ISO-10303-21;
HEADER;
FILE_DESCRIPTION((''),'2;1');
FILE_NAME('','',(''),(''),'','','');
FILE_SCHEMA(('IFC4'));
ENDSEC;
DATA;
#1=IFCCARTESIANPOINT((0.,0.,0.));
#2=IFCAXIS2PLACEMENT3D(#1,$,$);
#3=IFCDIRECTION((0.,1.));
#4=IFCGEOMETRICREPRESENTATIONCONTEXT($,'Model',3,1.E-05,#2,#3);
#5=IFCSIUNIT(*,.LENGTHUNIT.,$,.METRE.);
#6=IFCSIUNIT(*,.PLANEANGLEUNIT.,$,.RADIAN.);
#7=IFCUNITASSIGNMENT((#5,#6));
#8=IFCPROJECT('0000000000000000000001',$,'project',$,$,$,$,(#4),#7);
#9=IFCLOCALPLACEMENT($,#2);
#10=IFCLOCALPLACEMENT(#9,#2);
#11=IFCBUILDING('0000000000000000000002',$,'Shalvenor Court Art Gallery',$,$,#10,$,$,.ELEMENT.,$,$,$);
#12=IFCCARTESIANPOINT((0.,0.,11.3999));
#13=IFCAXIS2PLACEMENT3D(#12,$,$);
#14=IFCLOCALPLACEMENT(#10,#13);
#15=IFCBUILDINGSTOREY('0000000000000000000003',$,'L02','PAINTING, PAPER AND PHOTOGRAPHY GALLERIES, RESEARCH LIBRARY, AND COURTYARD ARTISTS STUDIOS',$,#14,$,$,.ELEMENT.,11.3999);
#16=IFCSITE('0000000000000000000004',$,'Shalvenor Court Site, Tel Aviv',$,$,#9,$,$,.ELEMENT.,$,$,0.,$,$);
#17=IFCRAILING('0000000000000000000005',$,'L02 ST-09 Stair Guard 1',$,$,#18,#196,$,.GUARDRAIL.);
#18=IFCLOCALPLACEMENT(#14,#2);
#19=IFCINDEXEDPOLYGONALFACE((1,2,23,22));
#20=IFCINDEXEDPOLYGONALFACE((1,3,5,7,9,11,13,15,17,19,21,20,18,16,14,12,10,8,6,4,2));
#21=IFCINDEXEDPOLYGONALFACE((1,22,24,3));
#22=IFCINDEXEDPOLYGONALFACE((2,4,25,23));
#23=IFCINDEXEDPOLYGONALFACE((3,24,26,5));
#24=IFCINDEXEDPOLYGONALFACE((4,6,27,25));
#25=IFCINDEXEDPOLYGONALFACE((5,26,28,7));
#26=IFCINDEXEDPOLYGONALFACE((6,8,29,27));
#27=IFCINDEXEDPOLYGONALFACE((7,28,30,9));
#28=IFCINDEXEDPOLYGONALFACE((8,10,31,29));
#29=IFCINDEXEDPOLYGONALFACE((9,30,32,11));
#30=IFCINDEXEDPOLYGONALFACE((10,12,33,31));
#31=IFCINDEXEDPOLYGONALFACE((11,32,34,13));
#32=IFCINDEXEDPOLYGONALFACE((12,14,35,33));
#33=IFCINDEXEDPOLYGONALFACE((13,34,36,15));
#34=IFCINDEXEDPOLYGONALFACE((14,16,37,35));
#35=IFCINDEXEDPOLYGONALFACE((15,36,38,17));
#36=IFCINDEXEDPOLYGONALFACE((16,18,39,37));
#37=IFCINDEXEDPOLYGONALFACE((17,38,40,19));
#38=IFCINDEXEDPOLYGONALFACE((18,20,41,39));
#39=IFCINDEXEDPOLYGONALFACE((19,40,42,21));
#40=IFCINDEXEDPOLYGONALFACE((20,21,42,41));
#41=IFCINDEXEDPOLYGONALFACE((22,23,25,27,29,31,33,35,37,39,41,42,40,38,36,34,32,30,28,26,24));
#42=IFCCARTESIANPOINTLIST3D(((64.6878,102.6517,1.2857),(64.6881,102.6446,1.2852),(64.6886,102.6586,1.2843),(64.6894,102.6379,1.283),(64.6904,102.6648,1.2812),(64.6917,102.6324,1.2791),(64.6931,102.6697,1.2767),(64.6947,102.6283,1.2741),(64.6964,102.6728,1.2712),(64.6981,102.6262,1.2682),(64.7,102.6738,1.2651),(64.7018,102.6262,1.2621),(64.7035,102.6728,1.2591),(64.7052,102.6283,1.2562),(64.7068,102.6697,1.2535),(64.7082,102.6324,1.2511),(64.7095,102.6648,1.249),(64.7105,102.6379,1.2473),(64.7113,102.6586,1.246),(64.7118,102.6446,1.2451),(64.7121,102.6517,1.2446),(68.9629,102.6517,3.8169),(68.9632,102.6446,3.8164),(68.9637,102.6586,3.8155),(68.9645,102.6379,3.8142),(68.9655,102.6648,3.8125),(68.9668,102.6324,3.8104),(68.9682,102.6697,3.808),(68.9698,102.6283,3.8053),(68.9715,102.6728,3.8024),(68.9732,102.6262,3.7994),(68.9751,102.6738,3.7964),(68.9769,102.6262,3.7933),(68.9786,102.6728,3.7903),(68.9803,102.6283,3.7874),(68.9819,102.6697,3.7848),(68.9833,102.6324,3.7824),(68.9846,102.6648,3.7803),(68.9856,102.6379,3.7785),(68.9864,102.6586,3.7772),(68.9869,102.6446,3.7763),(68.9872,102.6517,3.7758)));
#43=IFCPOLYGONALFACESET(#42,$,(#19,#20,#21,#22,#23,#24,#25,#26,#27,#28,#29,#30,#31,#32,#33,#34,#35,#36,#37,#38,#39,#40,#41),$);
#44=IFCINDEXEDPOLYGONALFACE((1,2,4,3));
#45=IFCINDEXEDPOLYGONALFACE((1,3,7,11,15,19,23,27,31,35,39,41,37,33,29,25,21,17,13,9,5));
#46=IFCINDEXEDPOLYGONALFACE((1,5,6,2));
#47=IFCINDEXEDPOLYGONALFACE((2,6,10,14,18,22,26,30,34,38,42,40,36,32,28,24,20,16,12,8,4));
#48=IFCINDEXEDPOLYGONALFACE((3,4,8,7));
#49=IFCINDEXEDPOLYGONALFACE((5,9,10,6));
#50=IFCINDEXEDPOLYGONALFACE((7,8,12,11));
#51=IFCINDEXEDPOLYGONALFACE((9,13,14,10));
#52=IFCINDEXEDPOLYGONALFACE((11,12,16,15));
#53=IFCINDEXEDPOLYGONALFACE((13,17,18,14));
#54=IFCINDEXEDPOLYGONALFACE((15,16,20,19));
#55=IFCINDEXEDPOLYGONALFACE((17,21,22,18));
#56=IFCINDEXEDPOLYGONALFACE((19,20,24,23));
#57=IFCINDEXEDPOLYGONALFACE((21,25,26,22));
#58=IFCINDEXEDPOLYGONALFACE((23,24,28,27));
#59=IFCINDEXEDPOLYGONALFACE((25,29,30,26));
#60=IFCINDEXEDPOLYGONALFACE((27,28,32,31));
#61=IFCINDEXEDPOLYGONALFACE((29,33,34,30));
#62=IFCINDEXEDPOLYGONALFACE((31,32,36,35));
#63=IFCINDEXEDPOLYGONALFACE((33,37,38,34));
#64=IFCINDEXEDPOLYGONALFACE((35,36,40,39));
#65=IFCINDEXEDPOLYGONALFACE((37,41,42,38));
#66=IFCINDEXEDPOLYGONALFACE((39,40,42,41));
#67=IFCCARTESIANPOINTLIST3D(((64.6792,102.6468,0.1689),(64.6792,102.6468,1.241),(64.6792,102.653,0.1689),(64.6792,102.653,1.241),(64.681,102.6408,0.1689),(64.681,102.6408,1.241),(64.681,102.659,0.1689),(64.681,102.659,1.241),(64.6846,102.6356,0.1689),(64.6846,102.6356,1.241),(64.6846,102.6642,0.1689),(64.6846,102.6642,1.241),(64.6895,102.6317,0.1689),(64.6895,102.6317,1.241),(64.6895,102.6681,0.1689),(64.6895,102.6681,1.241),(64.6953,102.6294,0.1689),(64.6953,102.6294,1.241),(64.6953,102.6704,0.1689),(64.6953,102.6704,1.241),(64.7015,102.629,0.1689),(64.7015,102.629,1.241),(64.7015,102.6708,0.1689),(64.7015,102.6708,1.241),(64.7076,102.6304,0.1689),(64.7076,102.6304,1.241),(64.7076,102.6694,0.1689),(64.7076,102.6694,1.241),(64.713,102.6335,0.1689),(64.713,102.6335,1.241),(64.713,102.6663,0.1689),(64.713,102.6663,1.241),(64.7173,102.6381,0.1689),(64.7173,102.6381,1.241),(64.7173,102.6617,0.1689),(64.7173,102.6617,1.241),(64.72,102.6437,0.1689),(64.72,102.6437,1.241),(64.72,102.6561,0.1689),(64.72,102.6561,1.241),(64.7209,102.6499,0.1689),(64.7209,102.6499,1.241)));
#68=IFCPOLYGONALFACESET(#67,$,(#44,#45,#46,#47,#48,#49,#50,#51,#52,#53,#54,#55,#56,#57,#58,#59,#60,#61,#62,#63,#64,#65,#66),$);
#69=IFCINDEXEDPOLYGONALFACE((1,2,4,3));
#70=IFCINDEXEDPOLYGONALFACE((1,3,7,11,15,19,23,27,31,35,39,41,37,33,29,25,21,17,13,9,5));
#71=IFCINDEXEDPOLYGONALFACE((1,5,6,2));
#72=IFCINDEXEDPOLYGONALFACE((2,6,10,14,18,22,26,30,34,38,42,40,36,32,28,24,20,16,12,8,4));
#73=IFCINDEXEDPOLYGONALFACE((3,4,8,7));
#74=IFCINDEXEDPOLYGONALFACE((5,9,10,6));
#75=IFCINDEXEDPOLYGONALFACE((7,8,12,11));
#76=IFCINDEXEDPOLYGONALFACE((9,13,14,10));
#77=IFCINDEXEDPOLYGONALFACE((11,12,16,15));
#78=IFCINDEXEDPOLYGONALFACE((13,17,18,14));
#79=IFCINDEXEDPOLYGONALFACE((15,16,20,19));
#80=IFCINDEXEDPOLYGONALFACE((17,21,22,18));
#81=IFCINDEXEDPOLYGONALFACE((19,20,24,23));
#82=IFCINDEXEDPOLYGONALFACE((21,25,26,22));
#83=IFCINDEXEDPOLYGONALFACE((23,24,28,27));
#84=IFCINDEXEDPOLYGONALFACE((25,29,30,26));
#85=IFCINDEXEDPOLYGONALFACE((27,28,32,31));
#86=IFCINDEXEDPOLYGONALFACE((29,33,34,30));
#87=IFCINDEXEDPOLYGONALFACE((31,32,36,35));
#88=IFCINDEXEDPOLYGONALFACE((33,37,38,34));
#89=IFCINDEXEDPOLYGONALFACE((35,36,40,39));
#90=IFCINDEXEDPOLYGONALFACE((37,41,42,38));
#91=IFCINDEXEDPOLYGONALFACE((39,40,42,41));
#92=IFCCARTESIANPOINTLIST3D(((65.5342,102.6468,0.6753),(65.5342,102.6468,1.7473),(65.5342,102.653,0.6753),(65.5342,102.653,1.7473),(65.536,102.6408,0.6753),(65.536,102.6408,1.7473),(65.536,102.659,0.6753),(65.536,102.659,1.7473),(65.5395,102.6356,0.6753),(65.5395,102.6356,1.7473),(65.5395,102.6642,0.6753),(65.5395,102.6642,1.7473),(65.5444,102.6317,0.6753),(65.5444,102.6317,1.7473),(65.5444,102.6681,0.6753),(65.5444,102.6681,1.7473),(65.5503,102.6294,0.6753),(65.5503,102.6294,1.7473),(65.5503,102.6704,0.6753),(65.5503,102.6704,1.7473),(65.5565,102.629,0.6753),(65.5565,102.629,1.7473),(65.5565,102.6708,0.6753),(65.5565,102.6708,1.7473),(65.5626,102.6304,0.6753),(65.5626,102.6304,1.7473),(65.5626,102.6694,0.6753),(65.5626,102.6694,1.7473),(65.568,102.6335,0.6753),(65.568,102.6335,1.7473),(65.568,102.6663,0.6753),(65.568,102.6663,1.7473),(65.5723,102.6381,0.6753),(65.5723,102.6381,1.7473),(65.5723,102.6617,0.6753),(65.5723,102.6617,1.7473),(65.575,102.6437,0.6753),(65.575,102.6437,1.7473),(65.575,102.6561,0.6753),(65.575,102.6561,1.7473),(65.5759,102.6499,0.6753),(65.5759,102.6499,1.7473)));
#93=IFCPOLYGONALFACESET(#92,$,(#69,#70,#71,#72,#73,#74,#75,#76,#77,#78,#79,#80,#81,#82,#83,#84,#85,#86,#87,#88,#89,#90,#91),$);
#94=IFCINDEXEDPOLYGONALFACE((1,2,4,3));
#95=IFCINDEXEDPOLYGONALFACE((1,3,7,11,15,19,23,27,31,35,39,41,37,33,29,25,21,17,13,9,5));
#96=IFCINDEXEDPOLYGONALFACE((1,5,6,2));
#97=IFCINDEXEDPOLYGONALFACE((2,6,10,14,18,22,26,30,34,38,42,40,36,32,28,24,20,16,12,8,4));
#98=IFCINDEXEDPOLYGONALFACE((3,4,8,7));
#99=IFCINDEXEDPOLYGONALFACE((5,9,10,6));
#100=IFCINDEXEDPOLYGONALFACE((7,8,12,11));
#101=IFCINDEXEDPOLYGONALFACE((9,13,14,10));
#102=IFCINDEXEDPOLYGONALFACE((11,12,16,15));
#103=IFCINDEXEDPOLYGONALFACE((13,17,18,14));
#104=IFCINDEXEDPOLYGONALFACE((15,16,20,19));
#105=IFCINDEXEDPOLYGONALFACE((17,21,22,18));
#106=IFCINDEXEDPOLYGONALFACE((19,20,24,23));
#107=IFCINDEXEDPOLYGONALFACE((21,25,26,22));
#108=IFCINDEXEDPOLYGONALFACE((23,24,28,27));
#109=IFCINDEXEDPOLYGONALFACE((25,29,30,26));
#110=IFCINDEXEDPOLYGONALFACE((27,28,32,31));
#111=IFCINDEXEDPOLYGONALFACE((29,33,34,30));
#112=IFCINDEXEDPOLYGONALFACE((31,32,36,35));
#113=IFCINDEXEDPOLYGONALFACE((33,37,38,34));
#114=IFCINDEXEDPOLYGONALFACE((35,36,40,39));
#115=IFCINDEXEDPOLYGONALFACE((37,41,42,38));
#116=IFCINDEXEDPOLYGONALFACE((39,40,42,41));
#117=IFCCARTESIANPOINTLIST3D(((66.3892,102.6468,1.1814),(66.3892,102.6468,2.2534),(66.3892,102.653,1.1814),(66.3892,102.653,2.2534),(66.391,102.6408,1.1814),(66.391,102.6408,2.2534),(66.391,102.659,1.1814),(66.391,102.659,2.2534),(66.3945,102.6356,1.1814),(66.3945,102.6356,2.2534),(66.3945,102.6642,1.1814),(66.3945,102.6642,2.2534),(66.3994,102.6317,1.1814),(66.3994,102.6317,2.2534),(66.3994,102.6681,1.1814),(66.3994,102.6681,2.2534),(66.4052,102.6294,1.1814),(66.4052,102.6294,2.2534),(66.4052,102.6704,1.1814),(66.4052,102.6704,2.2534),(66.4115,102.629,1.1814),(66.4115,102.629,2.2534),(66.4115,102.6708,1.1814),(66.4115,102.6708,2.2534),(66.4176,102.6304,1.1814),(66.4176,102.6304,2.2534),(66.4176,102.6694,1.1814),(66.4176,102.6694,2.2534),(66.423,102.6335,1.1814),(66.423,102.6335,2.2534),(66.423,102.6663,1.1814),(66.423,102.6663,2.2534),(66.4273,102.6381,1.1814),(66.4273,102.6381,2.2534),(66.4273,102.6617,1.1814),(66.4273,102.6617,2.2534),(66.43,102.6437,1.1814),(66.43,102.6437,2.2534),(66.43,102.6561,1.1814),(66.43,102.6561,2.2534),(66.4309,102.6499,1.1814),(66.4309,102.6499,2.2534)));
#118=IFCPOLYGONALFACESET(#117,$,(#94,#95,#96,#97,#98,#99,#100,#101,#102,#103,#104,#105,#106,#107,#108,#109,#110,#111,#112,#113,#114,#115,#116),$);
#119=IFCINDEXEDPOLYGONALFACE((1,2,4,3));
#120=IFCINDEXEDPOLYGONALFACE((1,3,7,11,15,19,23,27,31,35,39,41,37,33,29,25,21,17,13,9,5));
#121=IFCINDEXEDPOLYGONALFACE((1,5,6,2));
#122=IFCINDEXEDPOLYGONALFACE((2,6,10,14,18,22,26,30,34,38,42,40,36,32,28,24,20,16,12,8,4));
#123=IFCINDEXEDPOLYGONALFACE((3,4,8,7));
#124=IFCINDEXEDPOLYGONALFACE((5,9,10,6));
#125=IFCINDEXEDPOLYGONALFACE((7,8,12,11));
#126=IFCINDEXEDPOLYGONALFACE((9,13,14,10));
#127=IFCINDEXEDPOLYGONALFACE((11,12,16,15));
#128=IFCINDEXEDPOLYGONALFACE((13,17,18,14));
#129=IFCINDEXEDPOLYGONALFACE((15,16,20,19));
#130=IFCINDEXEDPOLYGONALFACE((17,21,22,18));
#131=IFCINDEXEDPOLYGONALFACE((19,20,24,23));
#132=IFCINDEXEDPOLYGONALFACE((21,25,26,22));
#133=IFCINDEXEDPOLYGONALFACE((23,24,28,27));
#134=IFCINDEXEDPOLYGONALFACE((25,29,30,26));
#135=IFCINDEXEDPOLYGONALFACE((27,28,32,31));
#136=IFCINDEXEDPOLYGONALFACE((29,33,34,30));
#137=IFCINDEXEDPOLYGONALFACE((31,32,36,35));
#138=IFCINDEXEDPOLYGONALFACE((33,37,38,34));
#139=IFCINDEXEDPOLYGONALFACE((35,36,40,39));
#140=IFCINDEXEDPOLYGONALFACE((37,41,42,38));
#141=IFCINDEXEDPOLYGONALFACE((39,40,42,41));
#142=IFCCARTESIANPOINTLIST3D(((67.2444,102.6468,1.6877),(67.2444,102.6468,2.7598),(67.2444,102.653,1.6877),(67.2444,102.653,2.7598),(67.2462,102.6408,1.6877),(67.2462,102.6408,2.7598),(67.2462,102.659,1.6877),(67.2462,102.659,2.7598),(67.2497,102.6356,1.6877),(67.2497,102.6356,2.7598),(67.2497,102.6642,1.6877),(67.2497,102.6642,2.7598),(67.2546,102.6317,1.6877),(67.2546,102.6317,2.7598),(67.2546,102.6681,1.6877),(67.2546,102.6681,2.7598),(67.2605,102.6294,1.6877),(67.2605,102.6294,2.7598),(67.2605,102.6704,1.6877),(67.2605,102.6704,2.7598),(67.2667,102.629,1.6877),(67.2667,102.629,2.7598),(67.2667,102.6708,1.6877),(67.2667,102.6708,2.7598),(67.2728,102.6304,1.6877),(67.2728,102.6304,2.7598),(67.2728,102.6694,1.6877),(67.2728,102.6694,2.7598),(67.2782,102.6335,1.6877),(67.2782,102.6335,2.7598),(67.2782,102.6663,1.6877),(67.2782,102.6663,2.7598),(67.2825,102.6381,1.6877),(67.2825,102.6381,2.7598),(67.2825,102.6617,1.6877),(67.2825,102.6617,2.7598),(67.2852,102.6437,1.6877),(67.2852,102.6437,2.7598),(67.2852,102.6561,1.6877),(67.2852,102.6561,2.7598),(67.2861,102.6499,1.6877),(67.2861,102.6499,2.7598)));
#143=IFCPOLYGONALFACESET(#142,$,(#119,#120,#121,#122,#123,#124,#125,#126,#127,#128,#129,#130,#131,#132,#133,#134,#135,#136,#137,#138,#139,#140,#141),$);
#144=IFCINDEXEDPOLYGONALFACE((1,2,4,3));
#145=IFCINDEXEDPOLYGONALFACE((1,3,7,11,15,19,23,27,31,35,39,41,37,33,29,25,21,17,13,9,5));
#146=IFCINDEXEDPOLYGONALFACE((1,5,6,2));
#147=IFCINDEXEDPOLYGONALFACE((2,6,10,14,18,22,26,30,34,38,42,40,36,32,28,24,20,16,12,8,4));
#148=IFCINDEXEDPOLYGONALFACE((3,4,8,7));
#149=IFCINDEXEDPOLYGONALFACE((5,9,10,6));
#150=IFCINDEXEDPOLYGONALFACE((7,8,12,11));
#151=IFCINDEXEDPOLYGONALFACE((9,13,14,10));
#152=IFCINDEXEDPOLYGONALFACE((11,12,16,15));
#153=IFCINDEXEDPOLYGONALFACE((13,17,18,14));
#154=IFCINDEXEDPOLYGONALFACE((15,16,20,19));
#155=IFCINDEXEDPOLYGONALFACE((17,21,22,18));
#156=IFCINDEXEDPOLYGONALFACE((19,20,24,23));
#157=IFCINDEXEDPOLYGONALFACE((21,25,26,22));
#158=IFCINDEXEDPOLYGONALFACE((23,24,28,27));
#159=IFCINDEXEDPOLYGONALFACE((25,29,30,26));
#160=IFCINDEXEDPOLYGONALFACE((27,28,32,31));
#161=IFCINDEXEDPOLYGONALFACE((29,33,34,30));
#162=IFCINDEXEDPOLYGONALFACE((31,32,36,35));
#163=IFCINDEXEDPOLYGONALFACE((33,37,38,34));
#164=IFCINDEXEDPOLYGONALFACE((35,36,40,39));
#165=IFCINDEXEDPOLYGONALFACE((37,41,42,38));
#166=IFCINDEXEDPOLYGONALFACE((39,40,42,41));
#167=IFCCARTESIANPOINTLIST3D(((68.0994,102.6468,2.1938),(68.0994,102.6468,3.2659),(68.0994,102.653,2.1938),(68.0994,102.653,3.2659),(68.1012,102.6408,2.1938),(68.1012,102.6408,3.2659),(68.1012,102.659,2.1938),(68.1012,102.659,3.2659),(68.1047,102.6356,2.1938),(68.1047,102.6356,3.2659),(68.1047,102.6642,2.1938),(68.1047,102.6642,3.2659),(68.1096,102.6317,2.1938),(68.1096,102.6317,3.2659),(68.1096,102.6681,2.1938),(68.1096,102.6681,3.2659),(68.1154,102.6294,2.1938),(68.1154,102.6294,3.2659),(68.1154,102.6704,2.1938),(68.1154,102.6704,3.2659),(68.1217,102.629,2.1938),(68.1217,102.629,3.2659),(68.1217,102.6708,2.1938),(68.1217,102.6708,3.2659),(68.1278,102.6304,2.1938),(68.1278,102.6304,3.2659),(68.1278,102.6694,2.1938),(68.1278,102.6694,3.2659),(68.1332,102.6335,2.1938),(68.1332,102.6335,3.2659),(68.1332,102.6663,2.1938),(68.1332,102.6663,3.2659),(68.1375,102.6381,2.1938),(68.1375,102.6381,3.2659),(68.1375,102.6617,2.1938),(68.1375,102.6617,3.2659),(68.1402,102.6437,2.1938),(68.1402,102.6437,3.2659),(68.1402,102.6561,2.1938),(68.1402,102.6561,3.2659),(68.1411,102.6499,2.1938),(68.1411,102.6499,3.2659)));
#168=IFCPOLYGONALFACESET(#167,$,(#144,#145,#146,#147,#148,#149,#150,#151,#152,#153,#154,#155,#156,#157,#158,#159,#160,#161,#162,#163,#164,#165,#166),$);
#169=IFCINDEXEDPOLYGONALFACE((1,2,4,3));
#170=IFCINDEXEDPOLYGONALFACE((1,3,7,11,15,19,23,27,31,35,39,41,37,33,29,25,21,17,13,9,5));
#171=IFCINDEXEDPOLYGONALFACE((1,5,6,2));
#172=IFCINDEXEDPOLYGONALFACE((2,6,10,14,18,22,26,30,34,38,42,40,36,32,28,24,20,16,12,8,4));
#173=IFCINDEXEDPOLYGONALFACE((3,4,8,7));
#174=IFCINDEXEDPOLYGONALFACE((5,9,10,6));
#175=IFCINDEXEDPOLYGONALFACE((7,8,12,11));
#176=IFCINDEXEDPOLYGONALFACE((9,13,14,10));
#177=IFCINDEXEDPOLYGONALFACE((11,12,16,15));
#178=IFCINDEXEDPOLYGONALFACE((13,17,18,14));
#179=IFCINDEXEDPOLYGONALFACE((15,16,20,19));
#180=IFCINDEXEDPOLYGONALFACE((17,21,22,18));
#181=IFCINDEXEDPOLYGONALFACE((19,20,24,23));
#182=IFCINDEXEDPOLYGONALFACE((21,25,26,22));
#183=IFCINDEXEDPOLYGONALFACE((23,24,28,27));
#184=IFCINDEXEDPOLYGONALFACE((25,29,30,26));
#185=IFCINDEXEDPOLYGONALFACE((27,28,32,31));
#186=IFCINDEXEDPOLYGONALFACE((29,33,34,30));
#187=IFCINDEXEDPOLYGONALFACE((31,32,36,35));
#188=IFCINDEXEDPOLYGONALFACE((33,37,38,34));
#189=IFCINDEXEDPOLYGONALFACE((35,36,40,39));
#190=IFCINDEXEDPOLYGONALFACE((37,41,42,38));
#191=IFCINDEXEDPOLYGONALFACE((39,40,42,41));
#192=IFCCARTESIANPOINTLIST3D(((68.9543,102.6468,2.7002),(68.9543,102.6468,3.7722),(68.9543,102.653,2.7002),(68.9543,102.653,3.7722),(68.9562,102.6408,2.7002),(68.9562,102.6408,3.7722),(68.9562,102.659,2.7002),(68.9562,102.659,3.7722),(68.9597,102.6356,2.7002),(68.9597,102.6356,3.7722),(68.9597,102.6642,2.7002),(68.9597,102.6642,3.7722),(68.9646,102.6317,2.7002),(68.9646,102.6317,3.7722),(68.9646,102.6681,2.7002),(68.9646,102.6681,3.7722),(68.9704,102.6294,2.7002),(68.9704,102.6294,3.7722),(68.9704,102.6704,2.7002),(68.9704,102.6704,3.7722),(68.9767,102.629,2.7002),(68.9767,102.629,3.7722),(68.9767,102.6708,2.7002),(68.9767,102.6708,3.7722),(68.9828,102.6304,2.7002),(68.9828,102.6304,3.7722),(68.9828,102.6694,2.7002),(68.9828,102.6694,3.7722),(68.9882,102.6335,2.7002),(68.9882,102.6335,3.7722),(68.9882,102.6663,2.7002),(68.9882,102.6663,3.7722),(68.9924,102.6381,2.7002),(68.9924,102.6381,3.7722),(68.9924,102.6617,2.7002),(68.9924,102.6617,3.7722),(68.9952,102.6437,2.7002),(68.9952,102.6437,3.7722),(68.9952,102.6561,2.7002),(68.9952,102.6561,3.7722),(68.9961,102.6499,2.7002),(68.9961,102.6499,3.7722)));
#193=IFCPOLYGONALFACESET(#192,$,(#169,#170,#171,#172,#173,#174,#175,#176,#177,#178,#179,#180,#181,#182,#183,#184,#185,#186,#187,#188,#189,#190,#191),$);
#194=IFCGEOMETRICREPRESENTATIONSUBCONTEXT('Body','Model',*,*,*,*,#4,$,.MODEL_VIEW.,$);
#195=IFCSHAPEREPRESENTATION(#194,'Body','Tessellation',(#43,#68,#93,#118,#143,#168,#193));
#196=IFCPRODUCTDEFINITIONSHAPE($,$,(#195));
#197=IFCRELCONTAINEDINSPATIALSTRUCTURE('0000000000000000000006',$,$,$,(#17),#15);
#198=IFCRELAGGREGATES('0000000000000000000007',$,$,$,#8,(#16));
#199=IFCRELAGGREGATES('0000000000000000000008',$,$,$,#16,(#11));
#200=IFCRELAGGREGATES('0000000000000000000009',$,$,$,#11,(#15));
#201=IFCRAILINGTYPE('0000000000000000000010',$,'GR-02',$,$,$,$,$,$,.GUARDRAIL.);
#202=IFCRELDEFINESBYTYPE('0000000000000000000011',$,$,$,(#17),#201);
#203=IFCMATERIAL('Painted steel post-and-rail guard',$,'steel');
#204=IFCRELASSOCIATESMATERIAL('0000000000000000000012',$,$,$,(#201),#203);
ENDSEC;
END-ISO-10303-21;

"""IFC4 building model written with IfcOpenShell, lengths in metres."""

from ifc_helpers import new_model, si_unit, direction, frame, origin, origin_2d, place, context, subcontext, project, spatial, circle, extrude, material, type_object, element, save


model = new_model("IFC4")

# Units and contexts
model_context = context("Model", 3, precision=1e-05, world=origin(), true_north=direction((0.0, 1.0)))
body_context = subcontext(model_context, "Body", "Model", "MODEL_VIEW")
ifc_project = project(units=[si_unit("LENGTHUNIT", "METRE"), si_unit("PLANEANGLEUNIT", "RADIAN")], contexts=[model_context])

# Site, building, storey
site_placement = place(None, origin())
site = spatial("IfcSite", under=ifc_project, at=site_placement, Name="Shalvenor Court Site, Tel Aviv", CompositionType="ELEMENT", RefElevation=0.0)
building_placement = place(site_placement, origin())
building = spatial("IfcBuilding", under=site, at=building_placement, Name="Shalvenor Court Art Gallery", CompositionType="ELEMENT")
storey_placement = place(building_placement, frame((0.0, 0.0, 11.3999)))
storey = spatial("IfcBuildingStorey", under=building, at=storey_placement, Name="L02", Description="PAINTING, PAPER AND PHOTOGRAPHY GALLERIES, RESEARCH LIBRARY, AND COURTYARD ARTISTS STUDIOS", CompositionType="ELEMENT", Elevation=11.3999)

# Railing
ifc_material_1 = material(Name="Painted steel post-and-rail guard", Category="steel")
railing_type_1 = type_object("IfcRailingType", Name="GR-02", PredefinedType="GUARDRAIL", material=ifc_material_1)
railing_1_placement = place(storey_placement, frame((64.7, 102.6499, 0.1689)))
element("IfcRailing", 1, at=railing_1_placement, inside=storey, type_object=railing_type_1, Name="L02 ST-09 Stair Guard 1", PredefinedType="GUARDRAIL", context=body_context, shape_type="SweptSolid", body=[
    extrude(circle(Radius=0.0239, at=origin_2d()), frame((0.0, 0.0, 1.0962), z_axis=(0.860483, 0.0, 0.509479), x_axis=(0.0, 1.0, 0.0)), (0.0, 0.0, 1.0), 4.9683),
    extrude(circle(Radius=0.021, at=origin_2d()), origin(), (0.0, 0.0, 1.0), 1.072),
    extrude(circle(Radius=0.021, at=origin_2d()), frame((0.855, 0.0, 0.5063)), (0.0, 0.0, 1.0), 1.072),
    extrude(circle(Radius=0.021, at=origin_2d()), frame((1.71, 0.0, 1.0125)), (0.0, 0.0, 1.0), 1.072),
    extrude(circle(Radius=0.021, at=origin_2d()), frame((2.5652, 0.0, 1.5188)), (0.0, 0.0, 1.0), 1.072),
    extrude(circle(Radius=0.021, at=origin_2d()), frame((3.4202, 0.0, 2.0249)), (0.0, 0.0, 1.0), 1.072),
    extrude(circle(Radius=0.021, at=origin_2d()), frame((4.2751, 0.0, 2.5312)), (0.0, 0.0, 1.0), 1.072),
])

save(model, "model.ifc")
